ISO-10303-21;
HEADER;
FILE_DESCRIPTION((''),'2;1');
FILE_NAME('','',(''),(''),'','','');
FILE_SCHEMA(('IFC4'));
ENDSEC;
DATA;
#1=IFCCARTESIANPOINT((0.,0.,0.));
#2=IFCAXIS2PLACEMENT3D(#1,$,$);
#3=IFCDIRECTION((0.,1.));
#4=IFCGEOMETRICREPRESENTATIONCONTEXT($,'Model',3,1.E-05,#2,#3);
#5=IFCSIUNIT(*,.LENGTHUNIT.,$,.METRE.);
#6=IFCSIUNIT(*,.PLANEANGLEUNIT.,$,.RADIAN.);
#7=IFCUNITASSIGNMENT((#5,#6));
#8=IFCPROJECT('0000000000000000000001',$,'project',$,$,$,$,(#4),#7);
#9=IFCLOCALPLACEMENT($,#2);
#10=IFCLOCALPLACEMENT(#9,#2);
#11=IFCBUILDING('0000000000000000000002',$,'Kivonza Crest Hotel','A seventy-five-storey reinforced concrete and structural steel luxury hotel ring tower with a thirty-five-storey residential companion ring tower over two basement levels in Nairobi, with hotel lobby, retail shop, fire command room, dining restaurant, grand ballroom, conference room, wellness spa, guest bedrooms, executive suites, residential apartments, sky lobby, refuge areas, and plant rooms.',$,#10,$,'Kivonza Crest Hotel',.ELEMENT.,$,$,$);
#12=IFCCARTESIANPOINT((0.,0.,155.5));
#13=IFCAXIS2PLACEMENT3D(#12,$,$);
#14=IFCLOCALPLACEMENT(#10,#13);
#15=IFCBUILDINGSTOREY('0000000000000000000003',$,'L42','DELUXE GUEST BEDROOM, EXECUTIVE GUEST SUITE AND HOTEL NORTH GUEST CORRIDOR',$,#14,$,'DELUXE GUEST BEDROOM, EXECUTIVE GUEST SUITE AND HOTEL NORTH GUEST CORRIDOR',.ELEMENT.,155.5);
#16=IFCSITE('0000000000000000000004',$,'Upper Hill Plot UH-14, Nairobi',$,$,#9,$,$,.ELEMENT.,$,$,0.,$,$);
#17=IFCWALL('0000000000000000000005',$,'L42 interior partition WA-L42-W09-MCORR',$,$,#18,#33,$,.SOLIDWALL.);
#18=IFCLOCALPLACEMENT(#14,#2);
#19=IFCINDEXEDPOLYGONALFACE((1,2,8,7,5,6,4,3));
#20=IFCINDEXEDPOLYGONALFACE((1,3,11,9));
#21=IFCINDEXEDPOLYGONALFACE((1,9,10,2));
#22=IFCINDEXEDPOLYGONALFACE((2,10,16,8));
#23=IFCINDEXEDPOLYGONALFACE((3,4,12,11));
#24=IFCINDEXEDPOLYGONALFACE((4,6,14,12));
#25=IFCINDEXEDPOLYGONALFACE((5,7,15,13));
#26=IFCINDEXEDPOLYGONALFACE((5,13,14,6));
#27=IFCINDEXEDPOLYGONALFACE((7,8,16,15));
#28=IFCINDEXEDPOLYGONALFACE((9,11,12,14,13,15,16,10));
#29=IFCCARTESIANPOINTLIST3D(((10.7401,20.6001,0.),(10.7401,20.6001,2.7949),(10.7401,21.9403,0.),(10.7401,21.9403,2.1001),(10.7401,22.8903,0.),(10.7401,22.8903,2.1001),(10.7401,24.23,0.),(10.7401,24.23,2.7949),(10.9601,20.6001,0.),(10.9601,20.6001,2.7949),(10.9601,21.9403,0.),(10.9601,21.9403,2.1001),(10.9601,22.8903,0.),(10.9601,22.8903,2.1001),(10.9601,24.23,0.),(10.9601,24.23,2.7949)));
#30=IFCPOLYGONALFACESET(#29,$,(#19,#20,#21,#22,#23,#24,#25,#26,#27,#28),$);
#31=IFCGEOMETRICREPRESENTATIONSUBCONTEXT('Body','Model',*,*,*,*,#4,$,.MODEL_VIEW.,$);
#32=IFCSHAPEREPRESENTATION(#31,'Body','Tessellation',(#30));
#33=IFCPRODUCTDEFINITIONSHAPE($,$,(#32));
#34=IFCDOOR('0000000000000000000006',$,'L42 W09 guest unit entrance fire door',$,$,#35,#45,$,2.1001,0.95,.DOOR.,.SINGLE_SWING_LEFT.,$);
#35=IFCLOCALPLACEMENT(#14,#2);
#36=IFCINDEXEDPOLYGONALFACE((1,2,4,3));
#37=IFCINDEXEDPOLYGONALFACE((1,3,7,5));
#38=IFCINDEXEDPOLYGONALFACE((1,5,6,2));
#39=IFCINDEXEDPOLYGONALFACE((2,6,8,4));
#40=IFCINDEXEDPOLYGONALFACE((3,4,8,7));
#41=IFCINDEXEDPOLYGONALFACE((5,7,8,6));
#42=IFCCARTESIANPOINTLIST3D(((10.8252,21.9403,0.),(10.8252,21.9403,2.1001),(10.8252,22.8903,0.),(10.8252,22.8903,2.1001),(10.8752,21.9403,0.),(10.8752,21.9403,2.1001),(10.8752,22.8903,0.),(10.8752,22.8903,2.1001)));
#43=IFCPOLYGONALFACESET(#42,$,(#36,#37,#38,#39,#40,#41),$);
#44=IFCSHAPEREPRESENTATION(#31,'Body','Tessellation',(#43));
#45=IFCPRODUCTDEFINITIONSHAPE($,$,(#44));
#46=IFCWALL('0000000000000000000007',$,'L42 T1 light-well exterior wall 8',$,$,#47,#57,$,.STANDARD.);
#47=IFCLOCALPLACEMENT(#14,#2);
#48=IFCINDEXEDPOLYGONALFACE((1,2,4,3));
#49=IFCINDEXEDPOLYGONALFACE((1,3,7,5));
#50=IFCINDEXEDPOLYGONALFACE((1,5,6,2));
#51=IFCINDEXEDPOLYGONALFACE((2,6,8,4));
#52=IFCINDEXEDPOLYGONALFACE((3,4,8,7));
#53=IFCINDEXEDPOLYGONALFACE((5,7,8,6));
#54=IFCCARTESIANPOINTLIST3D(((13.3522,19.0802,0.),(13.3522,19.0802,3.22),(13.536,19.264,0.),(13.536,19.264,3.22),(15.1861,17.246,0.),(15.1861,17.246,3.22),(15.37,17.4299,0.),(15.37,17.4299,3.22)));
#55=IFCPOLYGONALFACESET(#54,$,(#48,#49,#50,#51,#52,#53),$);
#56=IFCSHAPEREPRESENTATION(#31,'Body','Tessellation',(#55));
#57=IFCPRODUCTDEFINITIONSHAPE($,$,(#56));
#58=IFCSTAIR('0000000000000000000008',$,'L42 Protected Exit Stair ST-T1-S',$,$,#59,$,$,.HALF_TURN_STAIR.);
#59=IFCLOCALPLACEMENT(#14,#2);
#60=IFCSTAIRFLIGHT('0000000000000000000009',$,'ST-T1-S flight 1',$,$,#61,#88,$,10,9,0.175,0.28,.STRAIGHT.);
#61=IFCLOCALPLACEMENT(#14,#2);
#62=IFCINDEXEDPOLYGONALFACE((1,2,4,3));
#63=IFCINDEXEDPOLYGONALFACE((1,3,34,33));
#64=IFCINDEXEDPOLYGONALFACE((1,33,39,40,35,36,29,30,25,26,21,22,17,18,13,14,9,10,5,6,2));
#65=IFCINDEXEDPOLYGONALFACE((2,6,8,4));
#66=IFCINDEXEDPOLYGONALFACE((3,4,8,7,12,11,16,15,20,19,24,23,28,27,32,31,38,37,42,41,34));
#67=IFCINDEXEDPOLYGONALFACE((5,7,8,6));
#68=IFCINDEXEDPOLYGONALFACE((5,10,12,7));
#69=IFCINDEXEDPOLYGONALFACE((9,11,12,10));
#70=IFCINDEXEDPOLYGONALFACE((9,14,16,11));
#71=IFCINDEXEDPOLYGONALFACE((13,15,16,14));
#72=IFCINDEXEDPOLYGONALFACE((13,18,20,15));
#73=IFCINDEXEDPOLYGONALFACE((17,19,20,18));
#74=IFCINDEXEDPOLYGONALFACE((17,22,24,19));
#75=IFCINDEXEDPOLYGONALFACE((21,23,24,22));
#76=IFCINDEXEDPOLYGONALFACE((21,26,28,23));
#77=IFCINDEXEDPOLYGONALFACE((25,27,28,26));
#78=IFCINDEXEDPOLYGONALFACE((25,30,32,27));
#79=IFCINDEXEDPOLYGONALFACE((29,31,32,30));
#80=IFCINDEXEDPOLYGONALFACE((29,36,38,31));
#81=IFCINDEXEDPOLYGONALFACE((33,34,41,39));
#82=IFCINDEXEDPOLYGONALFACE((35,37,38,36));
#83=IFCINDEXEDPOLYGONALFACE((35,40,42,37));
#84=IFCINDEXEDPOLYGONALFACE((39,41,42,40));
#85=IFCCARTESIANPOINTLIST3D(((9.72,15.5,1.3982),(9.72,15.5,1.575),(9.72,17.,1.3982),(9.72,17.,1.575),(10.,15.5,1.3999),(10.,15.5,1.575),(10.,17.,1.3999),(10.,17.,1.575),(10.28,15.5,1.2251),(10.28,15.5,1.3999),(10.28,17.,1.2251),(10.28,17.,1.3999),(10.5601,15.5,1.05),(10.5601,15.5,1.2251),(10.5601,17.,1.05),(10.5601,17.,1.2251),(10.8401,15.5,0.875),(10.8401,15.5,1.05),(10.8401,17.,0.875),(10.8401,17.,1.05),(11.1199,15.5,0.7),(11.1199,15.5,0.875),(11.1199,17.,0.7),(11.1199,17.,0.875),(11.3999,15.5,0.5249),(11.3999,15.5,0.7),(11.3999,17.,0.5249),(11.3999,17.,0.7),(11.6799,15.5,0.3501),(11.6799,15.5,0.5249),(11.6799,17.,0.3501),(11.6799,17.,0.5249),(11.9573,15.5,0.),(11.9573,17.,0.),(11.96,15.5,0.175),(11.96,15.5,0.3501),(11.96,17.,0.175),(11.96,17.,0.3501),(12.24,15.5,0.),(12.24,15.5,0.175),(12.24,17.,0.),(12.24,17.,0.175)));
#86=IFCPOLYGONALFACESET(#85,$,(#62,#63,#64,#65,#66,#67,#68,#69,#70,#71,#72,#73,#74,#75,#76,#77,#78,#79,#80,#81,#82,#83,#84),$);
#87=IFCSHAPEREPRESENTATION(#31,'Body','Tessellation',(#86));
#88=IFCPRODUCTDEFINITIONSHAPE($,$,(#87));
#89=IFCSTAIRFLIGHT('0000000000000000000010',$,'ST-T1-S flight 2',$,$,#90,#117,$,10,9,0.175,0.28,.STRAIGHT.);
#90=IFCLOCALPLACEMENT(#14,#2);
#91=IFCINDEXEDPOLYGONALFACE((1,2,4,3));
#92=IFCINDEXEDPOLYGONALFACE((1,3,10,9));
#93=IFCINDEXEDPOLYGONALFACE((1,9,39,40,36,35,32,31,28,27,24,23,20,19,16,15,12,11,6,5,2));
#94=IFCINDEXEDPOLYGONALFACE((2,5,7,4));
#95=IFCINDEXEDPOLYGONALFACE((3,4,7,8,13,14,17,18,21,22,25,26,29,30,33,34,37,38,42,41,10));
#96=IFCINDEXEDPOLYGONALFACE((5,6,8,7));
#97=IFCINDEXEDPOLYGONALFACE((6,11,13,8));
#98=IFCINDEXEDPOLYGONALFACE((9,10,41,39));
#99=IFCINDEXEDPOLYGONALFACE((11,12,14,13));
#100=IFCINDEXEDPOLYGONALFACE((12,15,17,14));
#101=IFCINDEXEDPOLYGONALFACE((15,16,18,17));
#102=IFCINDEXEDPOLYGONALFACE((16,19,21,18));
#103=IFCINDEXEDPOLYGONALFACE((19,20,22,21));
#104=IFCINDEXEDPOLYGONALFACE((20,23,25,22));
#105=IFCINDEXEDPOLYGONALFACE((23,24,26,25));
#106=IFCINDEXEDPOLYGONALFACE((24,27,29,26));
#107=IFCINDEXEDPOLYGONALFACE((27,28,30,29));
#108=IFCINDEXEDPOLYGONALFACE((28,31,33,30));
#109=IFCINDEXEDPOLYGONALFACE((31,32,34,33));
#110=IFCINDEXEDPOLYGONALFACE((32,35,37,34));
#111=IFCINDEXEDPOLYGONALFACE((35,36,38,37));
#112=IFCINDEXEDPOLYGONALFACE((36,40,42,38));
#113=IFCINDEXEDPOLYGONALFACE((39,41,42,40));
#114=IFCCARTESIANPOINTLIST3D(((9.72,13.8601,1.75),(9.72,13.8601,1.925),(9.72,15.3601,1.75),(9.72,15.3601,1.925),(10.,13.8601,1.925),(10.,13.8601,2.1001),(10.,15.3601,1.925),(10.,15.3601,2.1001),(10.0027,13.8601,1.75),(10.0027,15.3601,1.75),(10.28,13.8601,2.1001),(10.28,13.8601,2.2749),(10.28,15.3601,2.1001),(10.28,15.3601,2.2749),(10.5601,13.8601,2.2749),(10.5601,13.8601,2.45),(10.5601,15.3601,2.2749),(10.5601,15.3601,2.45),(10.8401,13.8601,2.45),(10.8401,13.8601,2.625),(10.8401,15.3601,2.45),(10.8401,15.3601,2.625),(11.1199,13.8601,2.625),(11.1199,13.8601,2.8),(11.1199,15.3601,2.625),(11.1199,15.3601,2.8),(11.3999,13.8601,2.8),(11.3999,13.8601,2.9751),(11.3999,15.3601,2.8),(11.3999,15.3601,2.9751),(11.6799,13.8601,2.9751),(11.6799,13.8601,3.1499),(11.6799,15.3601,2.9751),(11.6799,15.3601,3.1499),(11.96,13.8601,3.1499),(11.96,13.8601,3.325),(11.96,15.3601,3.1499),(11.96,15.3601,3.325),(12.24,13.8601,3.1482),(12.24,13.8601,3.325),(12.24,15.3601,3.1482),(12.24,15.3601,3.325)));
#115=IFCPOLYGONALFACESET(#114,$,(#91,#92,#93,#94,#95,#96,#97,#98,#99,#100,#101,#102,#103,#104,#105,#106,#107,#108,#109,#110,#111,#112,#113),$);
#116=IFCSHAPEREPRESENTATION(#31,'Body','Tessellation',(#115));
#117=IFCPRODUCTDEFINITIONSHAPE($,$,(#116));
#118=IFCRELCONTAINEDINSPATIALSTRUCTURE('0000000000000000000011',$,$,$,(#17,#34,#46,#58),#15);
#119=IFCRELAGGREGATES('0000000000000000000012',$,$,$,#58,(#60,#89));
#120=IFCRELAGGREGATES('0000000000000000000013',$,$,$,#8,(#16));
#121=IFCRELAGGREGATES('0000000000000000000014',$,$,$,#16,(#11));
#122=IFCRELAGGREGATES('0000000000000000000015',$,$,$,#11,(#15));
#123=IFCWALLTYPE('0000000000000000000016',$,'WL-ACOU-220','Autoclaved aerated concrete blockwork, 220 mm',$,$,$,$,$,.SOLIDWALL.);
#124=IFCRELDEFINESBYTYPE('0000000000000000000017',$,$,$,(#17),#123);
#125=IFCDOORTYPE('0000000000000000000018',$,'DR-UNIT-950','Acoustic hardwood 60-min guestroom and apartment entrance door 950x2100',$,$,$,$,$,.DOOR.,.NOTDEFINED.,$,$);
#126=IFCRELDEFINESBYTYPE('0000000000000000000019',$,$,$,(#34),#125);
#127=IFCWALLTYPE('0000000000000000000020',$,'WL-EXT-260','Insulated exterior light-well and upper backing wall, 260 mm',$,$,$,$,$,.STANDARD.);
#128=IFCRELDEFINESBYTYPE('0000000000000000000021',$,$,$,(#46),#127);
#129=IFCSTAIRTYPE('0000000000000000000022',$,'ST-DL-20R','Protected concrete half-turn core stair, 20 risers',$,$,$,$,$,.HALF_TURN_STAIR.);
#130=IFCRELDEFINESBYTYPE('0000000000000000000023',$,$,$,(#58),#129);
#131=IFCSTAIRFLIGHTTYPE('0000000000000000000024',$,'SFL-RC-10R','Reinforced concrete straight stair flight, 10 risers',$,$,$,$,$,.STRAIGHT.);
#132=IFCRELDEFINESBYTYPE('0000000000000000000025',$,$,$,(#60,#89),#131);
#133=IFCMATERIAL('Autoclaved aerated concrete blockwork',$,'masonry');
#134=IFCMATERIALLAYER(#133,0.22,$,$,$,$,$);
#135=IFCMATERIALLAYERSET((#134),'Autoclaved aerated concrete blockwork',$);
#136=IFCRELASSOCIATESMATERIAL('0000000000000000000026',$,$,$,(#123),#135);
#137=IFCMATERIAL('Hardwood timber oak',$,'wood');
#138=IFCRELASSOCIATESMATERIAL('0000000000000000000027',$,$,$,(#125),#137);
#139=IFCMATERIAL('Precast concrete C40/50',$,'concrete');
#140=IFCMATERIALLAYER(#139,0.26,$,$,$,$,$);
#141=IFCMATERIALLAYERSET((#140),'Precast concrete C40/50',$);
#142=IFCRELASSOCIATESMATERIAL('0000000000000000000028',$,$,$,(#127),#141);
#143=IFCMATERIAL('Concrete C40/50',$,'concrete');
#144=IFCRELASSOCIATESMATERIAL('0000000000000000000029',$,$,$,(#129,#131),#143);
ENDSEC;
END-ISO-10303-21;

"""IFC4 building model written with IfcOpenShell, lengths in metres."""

from ifc_helpers import new_model, si_unit, direction, frame, frame_2d, origin, place, context, subcontext, project, spatial, polyline, rectangle, outline, extrude, material, layer, layer_set, type_object, element, fill, aggregate, save


model = new_model("IFC4")

# Units and contexts
model_context = context("Model", 3, precision=1e-05, world=origin(), true_north=direction((0.0, 1.0)))
body_context = subcontext(model_context, "Body", "Model", "MODEL_VIEW")
ifc_project = project(units=[si_unit("LENGTHUNIT", "METRE"), si_unit("PLANEANGLEUNIT", "RADIAN")], contexts=[model_context])

# Site, building, storey
site_placement = place(None, origin())
site = spatial("IfcSite", under=ifc_project, at=site_placement, Name="Upper Hill Plot UH-14, Nairobi", CompositionType="ELEMENT", RefElevation=0.0)
building_placement = place(site_placement, origin())
building = spatial("IfcBuilding", under=site, at=building_placement, Name="Kivonza Crest Hotel", Description="A seventy-five-storey reinforced concrete and structural steel luxury hotel ring tower with a thirty-five-storey residential companion ring tower over two basement levels in Nairobi, with hotel lobby, retail shop, fire command room, dining restaurant, grand ballroom, conference room, wellness spa, guest bedrooms, executive suites, residential apartments, sky lobby, refuge areas, and plant rooms.", LongName="Kivonza Crest Hotel", CompositionType="ELEMENT")
storey_placement = place(building_placement, frame((0.0, 0.0, 155.5)))
storey = spatial("IfcBuildingStorey", under=building, at=storey_placement, Name="L42", Description="DELUXE GUEST BEDROOM, EXECUTIVE GUEST SUITE AND HOTEL NORTH GUEST CORRIDOR", LongName="DELUXE GUEST BEDROOM, EXECUTIVE GUEST SUITE AND HOTEL NORTH GUEST CORRIDOR", CompositionType="ELEMENT", Elevation=155.5)

# Shared definitions
ifc_material_1 = material(Name="Autoclaved aerated concrete blockwork", Category="masonry")
ifc_layer_1 = layer(ifc_material_1, 0.22)
ifc_layer_set_1 = layer_set([ifc_layer_1], Name="Autoclaved aerated concrete blockwork")
wall_type_1 = type_object("IfcWallType", Name="WL-ACOU-220", Description="Autoclaved aerated concrete blockwork, 220 mm", PredefinedType="SOLIDWALL", material=ifc_layer_set_1)

# Wall, opening, door
wall_1_placement = place(storey_placement, frame((10.8501, 20.6001, 0.0), z_axis=(0.0, 0.0, 1.0), x_axis=(0.0, 1.0, 0.0)))
wall_1 = element("IfcWall", 1, at=wall_1_placement, inside=storey, type_object=wall_type_1, Name="L42 interior partition WA-L42-W09-MCORR", PredefinedType="SOLIDWALL", context=body_context, shape_type="SweptSolid", body=[
    extrude(rectangle(XDim=3.6299, YDim=0.22, at=frame_2d((1.8149, 0.0))), origin(), (0.0, 0.0, 1.0), 2.7949),
])
opening_1_placement = place(wall_1_placement, frame((1.3401, 0.0, 0.0)))
opening_1 = element("IfcOpeningElement", 2, at=opening_1_placement, cuts=wall_1, PredefinedType="OPENING", context=body_context, shape_type="SweptSolid", body=[
    extrude(rectangle(XDim=0.95, YDim=2.1001, at=frame_2d((0.4751, 1.05))), frame((0.0, 0.1201, 0.0), z_axis=(0.0, -1.0, 0.0), x_axis=(1.0, 0.0, 0.0)), (0.0, 0.0, 1.0), 0.24),
])
ifc_material_2 = material(Name="Hardwood timber oak", Category="wood")
door_type_1 = type_object("IfcDoorType", Name="DR-UNIT-950", Description="Acoustic hardwood 60-min guestroom and apartment entrance door 950x2100", OperationType="NOTDEFINED", PredefinedType="DOOR", material=ifc_material_2)
door_1_placement = place(opening_1_placement, origin())
door_1 = element("IfcDoor", 3, at=door_1_placement, inside=storey, type_object=door_type_1, Name="L42 W09 guest unit entrance fire door", OperationType="SINGLE_SWING_LEFT", OverallHeight=2.1001, OverallWidth=0.95, PredefinedType="DOOR", context=body_context, shape_type="SweptSolid", body=[
    extrude(rectangle(XDim=0.95, YDim=2.1001, at=frame_2d((0.4751, 1.05))), frame((0.0, 0.0249, 0.0), z_axis=(0.0, -1.0, 0.0), x_axis=(1.0, 0.0, 0.0)), (0.0, 0.0, 1.0), 0.05),
])
fill(opening_1, door_1)

# Wall
ifc_material_3 = material(Name="Precast concrete C40/50", Category="concrete")
ifc_layer_2 = layer(ifc_material_3, 0.26)
ifc_layer_set_2 = layer_set([ifc_layer_2], Name="Precast concrete C40/50")
wall_type_2 = type_object("IfcWallType", Name="WL-EXT-260", Description="Insulated exterior light-well and upper backing wall, 260 mm", PredefinedType="STANDARD", material=ifc_layer_set_2)
wall_2_placement = place(storey_placement, frame((13.4441, 19.1721, 0.0), z_axis=(0.0, 0.0, 1.0), x_axis=(0.70706, -0.707154, 0.0)))
element("IfcWall", 4, at=wall_2_placement, inside=storey, type_object=wall_type_2, Name="L42 T1 light-well exterior wall 8", PredefinedType="STANDARD", context=body_context, shape_type="SweptSolid", body=[
    extrude(rectangle(XDim=2.5938, YDim=0.26, at=frame_2d((1.2969, 0.0))), origin(), (0.0, 0.0, 1.0), 3.22),
])

# Stair, stair flights
ifc_material_4 = material(Name="Concrete C40/50", Category="concrete")
stair_type = type_object("IfcStairType", Name="ST-DL-20R", Description="Protected concrete half-turn core stair, 20 risers", PredefinedType="HALF_TURN_STAIR", material=ifc_material_4)
stair_placement = place(storey_placement, origin())
stair = element("IfcStair", 5, at=stair_placement, inside=storey, type_object=stair_type, Name="L42 Protected Exit Stair ST-T1-S", PredefinedType="HALF_TURN_STAIR")
stair_flight_type = type_object("IfcStairFlightType", Name="SFL-RC-10R", Description="Reinforced concrete straight stair flight, 10 risers", PredefinedType="STRAIGHT", material=ifc_material_4)
stair_flight_1_placement = place(storey_placement, frame((12.24, 16.25, 0.0), z_axis=(0.0, 0.0, 1.0), x_axis=(-1.0, 0.0, 0.0)))
stair_flight_1 = element("IfcStairFlight", 6, at=stair_flight_1_placement, type_object=stair_flight_type, Name="ST-T1-S flight 1", NumberOfRisers=10, NumberOfTreads=9, PredefinedType="STRAIGHT", RiserHeight=0.175, TreadLength=0.28, context=body_context, shape_type="SweptSolid", body=[
    extrude(outline(polyline([(0.0, 0.0), (0.0, 0.175), (0.28, 0.175), (0.28, 0.3501), (0.5601, 0.3501), (0.5601, 0.5249), (0.8401, 0.5249), (0.8401, 0.7), (1.1201, 0.7), (1.1201, 0.875), (1.3999, 0.875), (1.3999, 1.05), (1.6799, 1.05), (1.6799, 1.2251), (1.96, 1.2251), (1.96, 1.3999), (2.24, 1.3999), (2.24, 1.575), (2.52, 1.575), (2.52, 1.75), (2.52, 1.3982), (0.2827, 0.0), (0.0, 0.0)])), frame((0.0, 0.75, 0.0), z_axis=(0.0, -1.0, 0.0), x_axis=(1.0, 0.0, 0.0)), (0.0, 0.0, 1.0), 1.5),
])
stair_flight_2_placement = place(storey_placement, frame((9.72, 14.6101, 1.75), z_axis=(0.0, 0.0, 1.0), x_axis=(1.0, 0.0, 0.0)))
stair_flight_2 = element("IfcStairFlight", 7, at=stair_flight_2_placement, type_object=stair_flight_type, Name="ST-T1-S flight 2", NumberOfRisers=10, NumberOfTreads=9, PredefinedType="STRAIGHT", RiserHeight=0.175, TreadLength=0.28, context=body_context, shape_type="SweptSolid", body=[
    extrude(outline(polyline([(0.0, 0.0), (0.0, 0.175), (0.28, 0.175), (0.28, 0.3501), (0.5601, 0.3501), (0.5601, 0.5249), (0.8401, 0.5249), (0.8401, 0.7), (1.1201, 0.7), (1.1201, 0.875), (1.3999, 0.875), (1.3999, 1.05), (1.6799, 1.05), (1.6799, 1.2251), (1.96, 1.2251), (1.96, 1.3999), (2.24, 1.3999), (2.24, 1.575), (2.52, 1.575), (2.52, 1.75), (2.52, 1.3982), (0.2827, 0.0), (0.0, 0.0)])), frame((0.0, 0.75, 0.0), z_axis=(0.0, -1.0, 0.0), x_axis=(1.0, 0.0, 0.0)), (0.0, 0.0, 1.0), 1.5),
])
aggregate(stair, [stair_flight_1, stair_flight_2])

save(model, "model.ifc")
